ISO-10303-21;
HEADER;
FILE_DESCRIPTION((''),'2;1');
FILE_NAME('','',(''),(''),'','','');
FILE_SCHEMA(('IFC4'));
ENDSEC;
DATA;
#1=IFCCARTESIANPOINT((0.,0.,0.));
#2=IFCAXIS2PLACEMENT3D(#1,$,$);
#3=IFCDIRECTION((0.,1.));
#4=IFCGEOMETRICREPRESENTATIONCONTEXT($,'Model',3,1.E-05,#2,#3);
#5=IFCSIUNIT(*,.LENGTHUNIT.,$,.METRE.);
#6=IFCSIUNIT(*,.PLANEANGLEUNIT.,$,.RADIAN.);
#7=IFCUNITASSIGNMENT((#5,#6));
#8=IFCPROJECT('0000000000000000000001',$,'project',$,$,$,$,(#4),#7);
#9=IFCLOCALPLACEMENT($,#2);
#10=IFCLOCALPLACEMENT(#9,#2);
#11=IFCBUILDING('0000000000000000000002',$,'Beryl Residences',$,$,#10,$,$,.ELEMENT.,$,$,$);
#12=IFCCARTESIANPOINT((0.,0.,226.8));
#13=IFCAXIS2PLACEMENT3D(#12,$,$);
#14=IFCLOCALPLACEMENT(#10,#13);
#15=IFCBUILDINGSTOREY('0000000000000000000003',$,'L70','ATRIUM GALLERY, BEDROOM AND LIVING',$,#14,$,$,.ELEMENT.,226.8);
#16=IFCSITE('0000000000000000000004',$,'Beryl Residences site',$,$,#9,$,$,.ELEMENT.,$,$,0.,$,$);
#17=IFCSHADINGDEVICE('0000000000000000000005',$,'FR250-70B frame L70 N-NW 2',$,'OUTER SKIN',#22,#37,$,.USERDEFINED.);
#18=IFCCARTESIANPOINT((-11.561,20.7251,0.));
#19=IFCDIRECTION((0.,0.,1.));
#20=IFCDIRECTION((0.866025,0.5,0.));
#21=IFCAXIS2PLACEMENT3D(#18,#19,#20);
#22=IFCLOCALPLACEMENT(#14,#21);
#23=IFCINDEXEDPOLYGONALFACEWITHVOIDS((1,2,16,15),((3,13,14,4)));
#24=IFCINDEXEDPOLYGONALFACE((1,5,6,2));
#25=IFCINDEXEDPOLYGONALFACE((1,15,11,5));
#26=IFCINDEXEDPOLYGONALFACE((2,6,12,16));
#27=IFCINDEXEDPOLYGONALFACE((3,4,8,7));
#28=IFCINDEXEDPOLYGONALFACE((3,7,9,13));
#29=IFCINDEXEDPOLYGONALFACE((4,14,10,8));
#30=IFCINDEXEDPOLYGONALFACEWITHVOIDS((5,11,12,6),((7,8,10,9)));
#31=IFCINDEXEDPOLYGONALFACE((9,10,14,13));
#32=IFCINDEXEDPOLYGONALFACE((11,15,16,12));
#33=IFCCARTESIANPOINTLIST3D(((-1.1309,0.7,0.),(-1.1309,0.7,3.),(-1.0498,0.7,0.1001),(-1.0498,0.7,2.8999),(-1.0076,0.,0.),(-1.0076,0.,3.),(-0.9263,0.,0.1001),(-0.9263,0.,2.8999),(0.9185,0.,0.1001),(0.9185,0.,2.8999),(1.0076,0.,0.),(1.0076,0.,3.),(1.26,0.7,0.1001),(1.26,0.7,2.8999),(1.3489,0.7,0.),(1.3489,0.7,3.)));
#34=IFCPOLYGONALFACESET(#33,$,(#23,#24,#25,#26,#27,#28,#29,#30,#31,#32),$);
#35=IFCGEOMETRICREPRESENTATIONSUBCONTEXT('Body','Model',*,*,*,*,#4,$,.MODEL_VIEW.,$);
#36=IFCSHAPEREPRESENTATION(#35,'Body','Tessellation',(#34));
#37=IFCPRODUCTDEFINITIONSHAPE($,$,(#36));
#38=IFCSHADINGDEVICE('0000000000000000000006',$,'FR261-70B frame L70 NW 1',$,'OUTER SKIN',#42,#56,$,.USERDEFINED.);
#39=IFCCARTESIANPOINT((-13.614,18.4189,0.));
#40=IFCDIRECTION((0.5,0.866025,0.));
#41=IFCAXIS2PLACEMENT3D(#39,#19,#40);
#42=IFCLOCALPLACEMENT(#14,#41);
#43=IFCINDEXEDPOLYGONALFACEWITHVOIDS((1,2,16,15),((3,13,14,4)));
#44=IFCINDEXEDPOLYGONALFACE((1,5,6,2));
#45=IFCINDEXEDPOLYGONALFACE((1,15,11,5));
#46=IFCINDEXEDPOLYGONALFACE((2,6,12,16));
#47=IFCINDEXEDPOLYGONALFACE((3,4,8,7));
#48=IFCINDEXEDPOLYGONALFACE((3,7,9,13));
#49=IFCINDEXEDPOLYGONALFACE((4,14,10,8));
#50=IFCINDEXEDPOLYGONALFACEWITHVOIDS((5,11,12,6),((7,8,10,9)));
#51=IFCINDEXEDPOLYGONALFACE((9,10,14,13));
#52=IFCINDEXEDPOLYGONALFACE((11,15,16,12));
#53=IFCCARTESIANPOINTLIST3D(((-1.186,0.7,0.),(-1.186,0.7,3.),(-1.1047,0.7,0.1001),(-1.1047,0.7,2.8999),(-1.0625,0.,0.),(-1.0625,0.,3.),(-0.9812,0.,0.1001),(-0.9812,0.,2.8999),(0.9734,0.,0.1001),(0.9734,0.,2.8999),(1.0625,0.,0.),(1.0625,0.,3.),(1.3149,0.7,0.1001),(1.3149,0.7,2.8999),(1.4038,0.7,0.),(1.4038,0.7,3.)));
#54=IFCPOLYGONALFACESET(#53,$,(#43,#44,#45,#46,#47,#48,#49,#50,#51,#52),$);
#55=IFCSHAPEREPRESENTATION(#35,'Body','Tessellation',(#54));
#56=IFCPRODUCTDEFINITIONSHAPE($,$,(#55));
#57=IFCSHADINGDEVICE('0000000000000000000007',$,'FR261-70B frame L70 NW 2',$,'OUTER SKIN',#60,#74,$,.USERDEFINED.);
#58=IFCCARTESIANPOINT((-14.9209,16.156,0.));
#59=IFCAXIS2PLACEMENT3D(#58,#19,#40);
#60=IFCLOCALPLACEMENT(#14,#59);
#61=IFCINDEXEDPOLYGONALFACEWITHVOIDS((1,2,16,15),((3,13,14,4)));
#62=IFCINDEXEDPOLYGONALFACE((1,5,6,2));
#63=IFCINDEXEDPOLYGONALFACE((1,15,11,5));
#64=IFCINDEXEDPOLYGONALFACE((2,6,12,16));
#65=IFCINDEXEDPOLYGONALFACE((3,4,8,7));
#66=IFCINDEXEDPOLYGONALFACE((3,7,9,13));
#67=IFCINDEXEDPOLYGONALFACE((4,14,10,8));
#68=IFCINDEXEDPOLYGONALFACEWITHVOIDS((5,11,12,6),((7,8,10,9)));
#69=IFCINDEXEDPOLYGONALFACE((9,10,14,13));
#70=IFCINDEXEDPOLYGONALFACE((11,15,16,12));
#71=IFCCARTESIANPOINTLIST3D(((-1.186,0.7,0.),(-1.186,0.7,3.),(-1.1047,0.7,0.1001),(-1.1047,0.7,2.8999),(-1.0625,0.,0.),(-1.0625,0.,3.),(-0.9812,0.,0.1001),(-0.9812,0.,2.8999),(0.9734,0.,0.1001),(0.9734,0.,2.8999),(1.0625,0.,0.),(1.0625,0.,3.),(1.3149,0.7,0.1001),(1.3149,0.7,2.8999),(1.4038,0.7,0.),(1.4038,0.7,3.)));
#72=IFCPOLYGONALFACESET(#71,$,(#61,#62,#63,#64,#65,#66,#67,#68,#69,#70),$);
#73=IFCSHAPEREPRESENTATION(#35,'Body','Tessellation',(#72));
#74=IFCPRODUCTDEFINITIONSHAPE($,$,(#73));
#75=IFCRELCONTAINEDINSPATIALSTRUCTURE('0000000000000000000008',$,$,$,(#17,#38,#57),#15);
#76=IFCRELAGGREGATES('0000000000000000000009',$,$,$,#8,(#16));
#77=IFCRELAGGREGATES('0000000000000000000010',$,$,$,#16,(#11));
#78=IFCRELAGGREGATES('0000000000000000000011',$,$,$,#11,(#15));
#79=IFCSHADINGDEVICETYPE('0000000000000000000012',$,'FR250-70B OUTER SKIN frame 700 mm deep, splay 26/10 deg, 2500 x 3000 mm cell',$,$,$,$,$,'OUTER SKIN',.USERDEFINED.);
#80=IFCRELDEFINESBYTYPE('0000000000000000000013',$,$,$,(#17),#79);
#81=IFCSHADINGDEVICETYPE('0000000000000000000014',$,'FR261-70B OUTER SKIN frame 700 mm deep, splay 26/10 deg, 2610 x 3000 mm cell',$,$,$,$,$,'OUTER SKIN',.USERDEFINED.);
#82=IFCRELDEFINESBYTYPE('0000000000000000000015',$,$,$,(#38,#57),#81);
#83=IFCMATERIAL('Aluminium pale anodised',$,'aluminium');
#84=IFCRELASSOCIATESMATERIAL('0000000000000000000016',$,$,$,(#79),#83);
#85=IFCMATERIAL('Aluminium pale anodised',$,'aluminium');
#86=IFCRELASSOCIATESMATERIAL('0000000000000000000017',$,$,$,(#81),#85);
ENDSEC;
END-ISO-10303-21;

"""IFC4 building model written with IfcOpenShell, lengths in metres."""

from ifc_helpers import new_model, entity, si_unit, direction, frame, origin, place, context, subcontext, project, spatial, source, transform, mapped, material, type_object, type_shapes, element, save


model = new_model("IFC4")

# Units and contexts
model_context = context("Model", 3, precision=1e-05, world=origin(), true_north=direction((0.0, 1.0)))
body_context = subcontext(model_context, "Body", "Model", "MODEL_VIEW")
ifc_project = project(units=[si_unit("LENGTHUNIT", "METRE"), si_unit("PLANEANGLEUNIT", "RADIAN")], contexts=[model_context])

# Site, building, storey
site_placement = place(None, origin())
site = spatial("IfcSite", under=ifc_project, at=site_placement, Name="Beryl Residences site", CompositionType="ELEMENT", RefElevation=0.0)
building_placement = place(site_placement, origin())
building = spatial("IfcBuilding", under=site, at=building_placement, Name="Beryl Residences", CompositionType="ELEMENT")
storey_placement = place(building_placement, frame((0.0, 0.0, 226.8)))
storey = spatial("IfcBuildingStorey", under=building, at=storey_placement, Name="L70", Description="ATRIUM GALLERY, BEDROOM AND LIVING", CompositionType="ELEMENT", Elevation=226.8)

# Shading devices
ifc_material_1 = material(Name="Aluminium pale anodised", Category="aluminium")
shading_device_type_1 = type_object("IfcShadingDeviceType", Name="FR250-70B OUTER SKIN frame 700 mm deep, splay 26/10 deg, 2500 x 3000 mm cell", ElementType="OUTER SKIN", PredefinedType="USERDEFINED", material=ifc_material_1)
cartesian_point_1 = entity("IfcCartesianPoint", [-1.0076, 0.0])
cartesian_point_2 = entity("IfcCartesianPoint", [-0.9185, 0.1001])
cartesian_point_3 = entity("IfcCartesianPoint", [-1.3489, 0.0])
cartesian_point_4 = entity("IfcCartesianPoint", [-1.26, 0.1001])
shared_shape_1 = source(origin(), body_context, "Body", "SweptSolid", [
    entity("IfcExtrudedAreaSolidTapered", entity("IfcArbitraryProfileDefWithVoids", "AREA", None, entity("IfcPolyline", [cartesian_point_1, entity("IfcCartesianPoint", [1.0076, 0.0]), entity("IfcCartesianPoint", [1.0076, 3.0]), entity("IfcCartesianPoint", [-1.0076, 3.0]), cartesian_point_1]), [entity("IfcPolyline", [cartesian_point_2, entity("IfcCartesianPoint", [0.9263, 0.1001]), entity("IfcCartesianPoint", [0.9263, 2.8999]), entity("IfcCartesianPoint", [-0.9185, 2.8999]), cartesian_point_2])]), entity("IfcAxis2Placement3D", entity("IfcCartesianPoint", [0.0, 0.0, 0.0]), entity("IfcDirection", [0.0, 1.0, 0.0]), entity("IfcDirection", [-1.0, 0.0, 0.0])), entity("IfcDirection", [0.0, 0.0, 1.0]), 0.7, entity("IfcArbitraryProfileDefWithVoids", "AREA", None, entity("IfcPolyline", [cartesian_point_3, entity("IfcCartesianPoint", [1.1309, 0.0]), entity("IfcCartesianPoint", [1.1309, 3.0]), entity("IfcCartesianPoint", [-1.3489, 3.0]), cartesian_point_3]), [entity("IfcPolyline", [cartesian_point_4, entity("IfcCartesianPoint", [1.0498, 0.1001]), entity("IfcCartesianPoint", [1.0498, 2.8999]), entity("IfcCartesianPoint", [-1.26, 2.8999]), cartesian_point_4])])),
])
type_shapes(shading_device_type_1, [shared_shape_1])
shading_device_placement = place(storey_placement, frame((-11.561, 20.7251, 0.0), z_axis=(0.0, 0.0, 1.0), x_axis=(0.866025, 0.5, 0.0)))
element("IfcShadingDevice", 1, at=shading_device_placement, inside=storey, type_object=shading_device_type_1, Name="FR250-70B frame L70 N-NW 2", ObjectType="OUTER SKIN", PredefinedType="USERDEFINED", context=body_context, shape_type="MappedRepresentation", body=[
    mapped(shared_shape_1, transform((0.0, 0.0, 0.0))),
])
ifc_material_2 = material(Name="Aluminium pale anodised", Category="aluminium")
shading_device_type_2 = type_object("IfcShadingDeviceType", Name="FR261-70B OUTER SKIN frame 700 mm deep, splay 26/10 deg, 2610 x 3000 mm cell", ElementType="OUTER SKIN", PredefinedType="USERDEFINED", material=ifc_material_2)
cartesian_point_5 = entity("IfcCartesianPoint", [-1.0625, 0.0])
cartesian_point_6 = entity("IfcCartesianPoint", [-0.9734, 0.1001])
cartesian_point_7 = entity("IfcCartesianPoint", [-1.4038, 0.0])
cartesian_point_8 = entity("IfcCartesianPoint", [-1.3149, 0.1001])
shared_shape_2 = source(origin(), body_context, "Body", "SweptSolid", [
    entity("IfcExtrudedAreaSolidTapered", entity("IfcArbitraryProfileDefWithVoids", "AREA", None, entity("IfcPolyline", [cartesian_point_5, entity("IfcCartesianPoint", [1.0625, 0.0]), entity("IfcCartesianPoint", [1.0625, 3.0]), entity("IfcCartesianPoint", [-1.0625, 3.0]), cartesian_point_5]), [entity("IfcPolyline", [cartesian_point_6, entity("IfcCartesianPoint", [0.9812, 0.1001]), entity("IfcCartesianPoint", [0.9812, 2.8999]), entity("IfcCartesianPoint", [-0.9734, 2.8999]), cartesian_point_6])]), entity("IfcAxis2Placement3D", entity("IfcCartesianPoint", [0.0, 0.0, 0.0]), entity("IfcDirection", [0.0, 1.0, 0.0]), entity("IfcDirection", [-1.0, 0.0, 0.0])), entity("IfcDirection", [0.0, 0.0, 1.0]), 0.7, entity("IfcArbitraryProfileDefWithVoids", "AREA", None, entity("IfcPolyline", [cartesian_point_7, entity("IfcCartesianPoint", [1.186, 0.0]), entity("IfcCartesianPoint", [1.186, 3.0]), entity("IfcCartesianPoint", [-1.4038, 3.0]), cartesian_point_7]), [entity("IfcPolyline", [cartesian_point_8, entity("IfcCartesianPoint", [1.1047, 0.1001]), entity("IfcCartesianPoint", [1.1047, 2.8999]), entity("IfcCartesianPoint", [-1.3149, 2.8999]), cartesian_point_8])])),
])
type_shapes(shading_device_type_2, [shared_shape_2])
for number, where, z_axis, x_axis, name in (
    (2, (-13.614, 18.4189, 0.0), (0.0, 0.0, 1.0), (0.5, 0.866025, 0.0), "FR261-70B frame L70 NW 1"),
    (3, (-14.9209, 16.156, 0.0), (0.0, 0.0, 1.0), (0.5, 0.866025, 0.0), "FR261-70B frame L70 NW 2"),
):
    element("IfcShadingDevice", number, at=place(storey_placement, frame(where, z_axis=z_axis, x_axis=x_axis)), inside=storey, type_object=shading_device_type_2, Name=name, ObjectType="OUTER SKIN", PredefinedType="USERDEFINED", context=body_context, shape_type="MappedRepresentation", body=[
        mapped(shared_shape_2, transform((0.0, 0.0, 0.0))),
    ])

save(model, "model.ifc")
